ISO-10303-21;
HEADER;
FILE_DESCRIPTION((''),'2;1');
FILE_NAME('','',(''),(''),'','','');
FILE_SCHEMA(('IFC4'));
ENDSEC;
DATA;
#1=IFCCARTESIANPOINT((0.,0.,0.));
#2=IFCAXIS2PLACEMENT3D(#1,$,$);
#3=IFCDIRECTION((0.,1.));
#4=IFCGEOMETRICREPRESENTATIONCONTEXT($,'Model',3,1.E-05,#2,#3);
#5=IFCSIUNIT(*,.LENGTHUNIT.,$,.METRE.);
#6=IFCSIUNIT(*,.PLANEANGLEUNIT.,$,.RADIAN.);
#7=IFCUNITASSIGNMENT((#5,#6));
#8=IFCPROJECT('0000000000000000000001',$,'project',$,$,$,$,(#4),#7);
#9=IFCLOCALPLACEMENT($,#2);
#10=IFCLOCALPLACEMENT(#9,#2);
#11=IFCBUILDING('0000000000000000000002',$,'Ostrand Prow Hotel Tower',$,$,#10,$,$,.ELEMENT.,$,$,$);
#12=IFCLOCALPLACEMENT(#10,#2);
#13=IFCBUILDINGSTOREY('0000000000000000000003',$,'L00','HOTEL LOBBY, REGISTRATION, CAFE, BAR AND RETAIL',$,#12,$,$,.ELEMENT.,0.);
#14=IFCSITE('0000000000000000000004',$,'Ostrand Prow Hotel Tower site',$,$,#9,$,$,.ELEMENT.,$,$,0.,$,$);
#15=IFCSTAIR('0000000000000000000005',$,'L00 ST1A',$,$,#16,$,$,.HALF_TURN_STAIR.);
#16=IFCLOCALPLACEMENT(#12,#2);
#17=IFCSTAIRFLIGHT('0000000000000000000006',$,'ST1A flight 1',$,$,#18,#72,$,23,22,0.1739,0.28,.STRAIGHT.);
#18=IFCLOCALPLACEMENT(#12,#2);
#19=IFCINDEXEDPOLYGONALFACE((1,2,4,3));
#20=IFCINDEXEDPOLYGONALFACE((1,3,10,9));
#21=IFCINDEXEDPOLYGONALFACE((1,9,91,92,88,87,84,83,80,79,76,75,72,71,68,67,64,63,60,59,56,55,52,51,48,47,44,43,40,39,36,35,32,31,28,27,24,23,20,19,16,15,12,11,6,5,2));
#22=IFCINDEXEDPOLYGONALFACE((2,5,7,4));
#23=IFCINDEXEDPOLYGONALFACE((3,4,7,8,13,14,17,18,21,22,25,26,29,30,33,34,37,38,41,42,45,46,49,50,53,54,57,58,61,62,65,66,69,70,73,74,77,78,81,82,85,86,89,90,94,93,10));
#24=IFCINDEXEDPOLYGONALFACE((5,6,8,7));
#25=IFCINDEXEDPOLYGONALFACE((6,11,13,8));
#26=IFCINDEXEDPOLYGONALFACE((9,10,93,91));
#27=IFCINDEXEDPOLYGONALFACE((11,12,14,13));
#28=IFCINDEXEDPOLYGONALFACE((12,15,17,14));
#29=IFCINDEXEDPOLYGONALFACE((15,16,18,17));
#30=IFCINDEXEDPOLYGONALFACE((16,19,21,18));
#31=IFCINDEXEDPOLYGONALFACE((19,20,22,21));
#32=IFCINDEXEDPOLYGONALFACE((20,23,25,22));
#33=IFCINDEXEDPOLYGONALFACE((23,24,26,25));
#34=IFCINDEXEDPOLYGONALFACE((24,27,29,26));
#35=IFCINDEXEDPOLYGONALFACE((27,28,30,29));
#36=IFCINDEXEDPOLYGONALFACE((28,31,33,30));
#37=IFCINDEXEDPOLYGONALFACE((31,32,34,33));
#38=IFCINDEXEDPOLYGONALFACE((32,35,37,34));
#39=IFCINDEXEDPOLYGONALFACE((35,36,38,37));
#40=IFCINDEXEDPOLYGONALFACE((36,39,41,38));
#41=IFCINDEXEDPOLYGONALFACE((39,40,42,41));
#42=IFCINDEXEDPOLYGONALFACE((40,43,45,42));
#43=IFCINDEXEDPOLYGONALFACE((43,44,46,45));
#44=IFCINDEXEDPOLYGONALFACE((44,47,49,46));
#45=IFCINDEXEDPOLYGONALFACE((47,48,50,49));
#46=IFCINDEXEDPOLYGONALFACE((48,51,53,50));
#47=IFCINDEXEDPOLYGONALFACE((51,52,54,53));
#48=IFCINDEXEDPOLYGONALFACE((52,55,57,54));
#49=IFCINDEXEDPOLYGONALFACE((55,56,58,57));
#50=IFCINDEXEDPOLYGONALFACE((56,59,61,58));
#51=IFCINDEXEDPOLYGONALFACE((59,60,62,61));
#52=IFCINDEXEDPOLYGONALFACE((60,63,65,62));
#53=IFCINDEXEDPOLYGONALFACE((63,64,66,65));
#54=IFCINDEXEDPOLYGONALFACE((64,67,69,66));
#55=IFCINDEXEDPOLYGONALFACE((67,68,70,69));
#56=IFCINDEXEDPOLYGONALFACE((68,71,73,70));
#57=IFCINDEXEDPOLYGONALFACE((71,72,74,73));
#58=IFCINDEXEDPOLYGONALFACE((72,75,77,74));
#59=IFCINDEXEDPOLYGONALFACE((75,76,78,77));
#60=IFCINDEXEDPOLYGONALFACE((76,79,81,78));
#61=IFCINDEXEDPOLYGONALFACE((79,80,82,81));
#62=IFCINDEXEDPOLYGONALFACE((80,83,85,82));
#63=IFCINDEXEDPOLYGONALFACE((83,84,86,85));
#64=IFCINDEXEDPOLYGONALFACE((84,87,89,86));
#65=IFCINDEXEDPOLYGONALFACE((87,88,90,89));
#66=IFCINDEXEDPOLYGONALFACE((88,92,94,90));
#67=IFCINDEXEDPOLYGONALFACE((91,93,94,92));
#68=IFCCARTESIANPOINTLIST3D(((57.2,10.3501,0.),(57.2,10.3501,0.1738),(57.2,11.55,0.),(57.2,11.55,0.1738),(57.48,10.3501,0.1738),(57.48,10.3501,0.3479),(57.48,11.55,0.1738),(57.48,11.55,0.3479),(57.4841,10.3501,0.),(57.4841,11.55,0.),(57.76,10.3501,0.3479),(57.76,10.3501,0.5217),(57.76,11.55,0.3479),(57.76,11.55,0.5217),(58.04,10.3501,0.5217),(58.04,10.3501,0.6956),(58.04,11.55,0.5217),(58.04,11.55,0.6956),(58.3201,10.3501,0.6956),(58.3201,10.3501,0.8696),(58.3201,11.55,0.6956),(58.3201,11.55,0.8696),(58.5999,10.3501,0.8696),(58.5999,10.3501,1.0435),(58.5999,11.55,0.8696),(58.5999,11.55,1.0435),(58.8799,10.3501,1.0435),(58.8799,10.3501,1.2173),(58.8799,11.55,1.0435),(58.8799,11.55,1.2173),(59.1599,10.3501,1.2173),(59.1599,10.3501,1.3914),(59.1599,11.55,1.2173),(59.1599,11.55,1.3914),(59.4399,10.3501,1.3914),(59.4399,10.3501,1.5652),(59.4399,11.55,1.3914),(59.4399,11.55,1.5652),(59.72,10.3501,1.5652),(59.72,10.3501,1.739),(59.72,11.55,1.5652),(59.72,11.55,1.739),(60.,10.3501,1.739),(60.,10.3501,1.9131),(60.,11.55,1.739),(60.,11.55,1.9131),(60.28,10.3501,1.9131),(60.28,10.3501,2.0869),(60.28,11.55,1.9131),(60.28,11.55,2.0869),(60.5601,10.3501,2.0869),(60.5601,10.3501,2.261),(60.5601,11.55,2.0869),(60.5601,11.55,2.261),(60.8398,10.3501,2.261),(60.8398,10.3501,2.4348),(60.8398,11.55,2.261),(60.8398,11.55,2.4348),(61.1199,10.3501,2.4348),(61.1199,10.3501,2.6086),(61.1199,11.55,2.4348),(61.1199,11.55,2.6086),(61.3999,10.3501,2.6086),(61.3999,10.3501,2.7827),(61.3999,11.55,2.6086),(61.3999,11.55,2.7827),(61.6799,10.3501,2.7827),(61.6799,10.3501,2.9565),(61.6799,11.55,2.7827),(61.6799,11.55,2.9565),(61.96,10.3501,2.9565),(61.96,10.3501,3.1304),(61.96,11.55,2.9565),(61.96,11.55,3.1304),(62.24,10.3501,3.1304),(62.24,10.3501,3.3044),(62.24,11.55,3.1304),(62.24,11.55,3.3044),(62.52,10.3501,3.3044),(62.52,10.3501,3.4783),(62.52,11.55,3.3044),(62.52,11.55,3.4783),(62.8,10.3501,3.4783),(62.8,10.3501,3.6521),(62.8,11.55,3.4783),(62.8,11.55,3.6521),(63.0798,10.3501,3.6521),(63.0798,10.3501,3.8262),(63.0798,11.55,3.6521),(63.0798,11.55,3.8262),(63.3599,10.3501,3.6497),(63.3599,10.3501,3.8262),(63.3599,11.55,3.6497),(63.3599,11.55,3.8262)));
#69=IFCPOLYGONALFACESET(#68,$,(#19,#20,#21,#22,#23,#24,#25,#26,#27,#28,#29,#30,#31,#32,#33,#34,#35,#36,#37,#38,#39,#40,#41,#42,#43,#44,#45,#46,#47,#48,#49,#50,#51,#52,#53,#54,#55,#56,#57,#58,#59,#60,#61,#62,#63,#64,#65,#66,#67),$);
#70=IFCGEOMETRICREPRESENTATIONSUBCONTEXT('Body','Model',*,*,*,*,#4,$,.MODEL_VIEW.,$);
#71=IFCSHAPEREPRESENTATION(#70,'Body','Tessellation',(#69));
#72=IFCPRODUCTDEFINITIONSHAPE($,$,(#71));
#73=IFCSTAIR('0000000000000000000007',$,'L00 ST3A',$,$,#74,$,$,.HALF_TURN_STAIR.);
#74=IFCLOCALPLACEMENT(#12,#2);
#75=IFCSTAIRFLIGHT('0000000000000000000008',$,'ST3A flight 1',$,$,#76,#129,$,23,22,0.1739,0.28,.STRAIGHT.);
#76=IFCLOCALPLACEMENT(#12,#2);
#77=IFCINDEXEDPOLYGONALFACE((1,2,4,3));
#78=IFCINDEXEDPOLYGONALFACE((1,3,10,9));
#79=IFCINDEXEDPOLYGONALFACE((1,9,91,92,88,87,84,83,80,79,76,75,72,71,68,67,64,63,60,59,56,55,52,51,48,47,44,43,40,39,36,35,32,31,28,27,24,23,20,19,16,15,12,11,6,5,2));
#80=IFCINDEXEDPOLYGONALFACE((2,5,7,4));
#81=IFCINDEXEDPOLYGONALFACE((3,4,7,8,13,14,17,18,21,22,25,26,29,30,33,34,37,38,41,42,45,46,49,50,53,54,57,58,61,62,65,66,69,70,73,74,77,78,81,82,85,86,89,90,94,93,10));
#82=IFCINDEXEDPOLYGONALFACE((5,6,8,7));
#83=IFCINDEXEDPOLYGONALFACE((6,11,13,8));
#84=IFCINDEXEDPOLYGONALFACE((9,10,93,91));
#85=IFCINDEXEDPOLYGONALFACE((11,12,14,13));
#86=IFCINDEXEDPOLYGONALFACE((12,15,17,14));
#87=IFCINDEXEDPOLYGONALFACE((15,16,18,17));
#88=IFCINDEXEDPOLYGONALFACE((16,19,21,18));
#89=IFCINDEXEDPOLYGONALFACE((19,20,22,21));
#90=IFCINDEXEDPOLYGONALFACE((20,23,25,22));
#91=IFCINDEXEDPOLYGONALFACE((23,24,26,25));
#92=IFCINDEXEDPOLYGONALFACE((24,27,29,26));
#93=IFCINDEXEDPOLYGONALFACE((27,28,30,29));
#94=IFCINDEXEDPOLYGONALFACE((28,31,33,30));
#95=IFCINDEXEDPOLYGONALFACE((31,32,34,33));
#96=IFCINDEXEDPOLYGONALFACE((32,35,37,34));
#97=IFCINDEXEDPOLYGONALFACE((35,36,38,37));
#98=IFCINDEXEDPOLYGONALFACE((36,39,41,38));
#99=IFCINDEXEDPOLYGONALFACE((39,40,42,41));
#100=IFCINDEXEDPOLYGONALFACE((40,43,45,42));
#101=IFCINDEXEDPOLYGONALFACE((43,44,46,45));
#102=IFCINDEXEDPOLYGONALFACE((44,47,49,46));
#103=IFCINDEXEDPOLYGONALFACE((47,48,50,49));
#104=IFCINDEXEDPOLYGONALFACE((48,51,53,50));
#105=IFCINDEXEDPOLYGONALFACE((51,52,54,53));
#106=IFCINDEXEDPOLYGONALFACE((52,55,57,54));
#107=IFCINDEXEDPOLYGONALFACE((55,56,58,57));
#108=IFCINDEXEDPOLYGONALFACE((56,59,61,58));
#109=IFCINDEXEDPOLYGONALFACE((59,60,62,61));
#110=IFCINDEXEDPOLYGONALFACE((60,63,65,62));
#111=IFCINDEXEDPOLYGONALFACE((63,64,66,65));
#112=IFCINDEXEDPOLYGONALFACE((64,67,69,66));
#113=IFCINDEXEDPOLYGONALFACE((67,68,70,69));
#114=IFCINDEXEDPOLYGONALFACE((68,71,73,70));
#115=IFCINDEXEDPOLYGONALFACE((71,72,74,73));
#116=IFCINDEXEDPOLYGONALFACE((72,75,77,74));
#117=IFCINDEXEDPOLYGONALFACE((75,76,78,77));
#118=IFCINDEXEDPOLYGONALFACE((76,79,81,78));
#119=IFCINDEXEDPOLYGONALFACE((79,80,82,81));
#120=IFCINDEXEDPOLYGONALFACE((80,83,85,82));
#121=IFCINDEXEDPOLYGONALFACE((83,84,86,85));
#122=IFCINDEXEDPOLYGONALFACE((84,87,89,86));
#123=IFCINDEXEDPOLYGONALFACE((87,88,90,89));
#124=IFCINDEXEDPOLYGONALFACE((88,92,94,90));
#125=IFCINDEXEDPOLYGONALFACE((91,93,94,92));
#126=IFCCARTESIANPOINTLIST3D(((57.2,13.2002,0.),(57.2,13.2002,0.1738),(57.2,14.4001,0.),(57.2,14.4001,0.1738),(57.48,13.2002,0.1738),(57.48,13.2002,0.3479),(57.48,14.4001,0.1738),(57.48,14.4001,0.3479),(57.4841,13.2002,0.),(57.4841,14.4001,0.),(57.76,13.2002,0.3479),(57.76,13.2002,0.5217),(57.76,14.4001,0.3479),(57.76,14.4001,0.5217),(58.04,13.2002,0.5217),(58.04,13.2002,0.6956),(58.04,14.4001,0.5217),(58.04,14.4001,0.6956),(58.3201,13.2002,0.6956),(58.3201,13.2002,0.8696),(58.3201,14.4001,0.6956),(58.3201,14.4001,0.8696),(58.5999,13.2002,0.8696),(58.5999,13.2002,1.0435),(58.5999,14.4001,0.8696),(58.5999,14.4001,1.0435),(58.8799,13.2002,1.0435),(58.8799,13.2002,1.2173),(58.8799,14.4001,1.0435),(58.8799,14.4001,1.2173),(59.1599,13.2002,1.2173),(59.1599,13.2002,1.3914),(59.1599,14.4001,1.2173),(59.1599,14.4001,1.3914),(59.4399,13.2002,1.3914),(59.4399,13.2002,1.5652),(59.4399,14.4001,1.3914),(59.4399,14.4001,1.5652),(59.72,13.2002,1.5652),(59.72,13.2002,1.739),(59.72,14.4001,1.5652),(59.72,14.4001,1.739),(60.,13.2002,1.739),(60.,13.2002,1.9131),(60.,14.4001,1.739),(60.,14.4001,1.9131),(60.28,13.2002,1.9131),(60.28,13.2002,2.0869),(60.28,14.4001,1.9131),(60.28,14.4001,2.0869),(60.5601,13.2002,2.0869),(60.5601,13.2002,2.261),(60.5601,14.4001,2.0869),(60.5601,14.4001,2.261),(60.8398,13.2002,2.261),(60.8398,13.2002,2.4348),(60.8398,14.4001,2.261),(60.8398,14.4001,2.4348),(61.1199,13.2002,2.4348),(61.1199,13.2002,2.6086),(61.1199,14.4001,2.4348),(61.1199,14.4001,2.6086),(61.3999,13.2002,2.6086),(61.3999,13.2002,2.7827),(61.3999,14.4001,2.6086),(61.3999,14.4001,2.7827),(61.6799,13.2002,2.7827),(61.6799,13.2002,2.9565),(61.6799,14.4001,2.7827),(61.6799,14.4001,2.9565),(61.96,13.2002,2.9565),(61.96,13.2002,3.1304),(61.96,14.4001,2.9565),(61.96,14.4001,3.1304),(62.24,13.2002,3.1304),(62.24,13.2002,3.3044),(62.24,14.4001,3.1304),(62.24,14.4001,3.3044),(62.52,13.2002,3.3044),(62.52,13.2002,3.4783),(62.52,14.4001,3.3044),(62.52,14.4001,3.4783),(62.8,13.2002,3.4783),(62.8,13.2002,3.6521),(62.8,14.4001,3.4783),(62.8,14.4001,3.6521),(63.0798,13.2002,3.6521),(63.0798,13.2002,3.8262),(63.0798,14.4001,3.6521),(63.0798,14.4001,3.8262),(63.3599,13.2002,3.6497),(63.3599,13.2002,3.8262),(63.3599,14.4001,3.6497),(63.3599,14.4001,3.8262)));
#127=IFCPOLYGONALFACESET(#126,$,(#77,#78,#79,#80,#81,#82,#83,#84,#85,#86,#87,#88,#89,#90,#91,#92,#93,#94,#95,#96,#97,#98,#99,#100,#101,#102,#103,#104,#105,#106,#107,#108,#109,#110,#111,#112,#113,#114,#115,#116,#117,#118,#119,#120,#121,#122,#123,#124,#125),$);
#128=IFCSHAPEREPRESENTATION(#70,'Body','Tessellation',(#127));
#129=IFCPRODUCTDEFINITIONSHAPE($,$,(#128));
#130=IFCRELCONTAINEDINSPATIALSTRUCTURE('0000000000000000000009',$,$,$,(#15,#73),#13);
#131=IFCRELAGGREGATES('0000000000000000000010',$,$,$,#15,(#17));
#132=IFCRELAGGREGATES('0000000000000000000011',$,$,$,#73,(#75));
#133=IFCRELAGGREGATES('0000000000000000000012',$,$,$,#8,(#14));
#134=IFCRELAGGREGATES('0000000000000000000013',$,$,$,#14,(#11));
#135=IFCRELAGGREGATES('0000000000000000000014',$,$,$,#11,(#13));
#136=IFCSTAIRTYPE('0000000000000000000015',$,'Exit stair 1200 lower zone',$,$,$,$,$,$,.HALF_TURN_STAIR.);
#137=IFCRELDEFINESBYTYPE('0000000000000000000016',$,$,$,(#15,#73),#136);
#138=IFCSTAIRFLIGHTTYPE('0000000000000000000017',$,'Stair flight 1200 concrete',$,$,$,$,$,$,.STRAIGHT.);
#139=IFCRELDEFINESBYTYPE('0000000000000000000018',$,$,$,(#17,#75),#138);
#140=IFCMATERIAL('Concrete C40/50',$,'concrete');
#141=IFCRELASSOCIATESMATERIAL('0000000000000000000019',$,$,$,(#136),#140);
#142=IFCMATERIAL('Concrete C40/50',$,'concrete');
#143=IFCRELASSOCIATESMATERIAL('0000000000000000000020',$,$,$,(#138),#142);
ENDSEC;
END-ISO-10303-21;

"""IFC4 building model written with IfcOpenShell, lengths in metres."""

from ifc_helpers import new_model, si_unit, direction, frame, origin, place, context, subcontext, project, spatial, polyline, outline, extrude, material, type_object, element, aggregate, save


model = new_model("IFC4")

# Units and contexts
model_context = context("Model", 3, precision=1e-05, world=origin(), true_north=direction((0.0, 1.0)))
body_context = subcontext(model_context, "Body", "Model", "MODEL_VIEW")
ifc_project = project(units=[si_unit("LENGTHUNIT", "METRE"), si_unit("PLANEANGLEUNIT", "RADIAN")], contexts=[model_context])

# Site, building, storey
site_placement = place(None, origin())
site = spatial("IfcSite", under=ifc_project, at=site_placement, Name="Ostrand Prow Hotel Tower site", CompositionType="ELEMENT", RefElevation=0.0)
building_placement = place(site_placement, origin())
building = spatial("IfcBuilding", under=site, at=building_placement, Name="Ostrand Prow Hotel Tower", CompositionType="ELEMENT")
storey_placement = place(building_placement, origin())
storey = spatial("IfcBuildingStorey", under=building, at=storey_placement, Name="L00", Description="HOTEL LOBBY, REGISTRATION, CAFE, BAR AND RETAIL", CompositionType="ELEMENT", Elevation=0.0)

# Stairs, stair flights
ifc_material_1 = material(Name="Concrete C40/50", Category="concrete")
stair_type = type_object("IfcStairType", Name="Exit stair 1200 lower zone", PredefinedType="HALF_TURN_STAIR", material=ifc_material_1)
stair_1_placement = place(storey_placement, origin())
stair_1 = element("IfcStair", 1, at=stair_1_placement, inside=storey, type_object=stair_type, Name="L00 ST1A", PredefinedType="HALF_TURN_STAIR")
ifc_material_2 = material(Name="Concrete C40/50", Category="concrete")
stair_flight_type = type_object("IfcStairFlightType", Name="Stair flight 1200 concrete", PredefinedType="STRAIGHT", material=ifc_material_2)
stair_flight_1_placement = place(storey_placement, frame((57.2, 10.95, 0.0), z_axis=(0.0, 0.0, 1.0), x_axis=(1.0, 0.0, 0.0)))
stair_flight_1 = element("IfcStairFlight", 2, at=stair_flight_1_placement, type_object=stair_flight_type, Name="ST1A flight 1", NumberOfRisers=23, NumberOfTreads=22, PredefinedType="STRAIGHT", RiserHeight=0.1739, TreadLength=0.28, context=body_context, shape_type="SweptSolid", body=[
    extrude(outline(polyline([(0.0, 0.0), (0.0, 0.1738), (0.28, 0.1738), (0.28, 0.3479), (0.5601, 0.3479), (0.5601, 0.5217), (0.8401, 0.5217), (0.8401, 0.6956), (1.1201, 0.6956), (1.1201, 0.8696), (1.3999, 0.8696), (1.3999, 1.0435), (1.6799, 1.0435), (1.6799, 1.2173), (1.96, 1.2173), (1.96, 1.3914), (2.24, 1.3914), (2.24, 1.5652), (2.52, 1.5652), (2.52, 1.739), (2.8, 1.739), (2.8, 1.9131), (3.0801, 1.9131), (3.0801, 2.0869), (3.3601, 2.0869), (3.3601, 2.261), (3.6399, 2.261), (3.6399, 2.4348), (3.9199, 2.4348), (3.9199, 2.6086), (4.2, 2.6086), (4.2, 2.7827), (4.48, 2.7827), (4.48, 2.9565), (4.76, 2.9565), (4.76, 3.1304), (5.04, 3.1304), (5.04, 3.3044), (5.3201, 3.3044), (5.3201, 3.4783), (5.6001, 3.4783), (5.6001, 3.6521), (5.8799, 3.6521), (5.8799, 3.8262), (6.1599, 3.8262), (6.1599, 4.0), (6.1599, 3.6497), (0.2842, 0.0), (0.0, 0.0)])), frame((0.0, 0.6001, 0.0), z_axis=(0.0, -1.0, 0.0), x_axis=(1.0, 0.0, 0.0)), (0.0, 0.0, 1.0), 1.2),
])
aggregate(stair_1, [stair_flight_1])
stair_2_placement = place(storey_placement, origin())
stair_2 = element("IfcStair", 3, at=stair_2_placement, inside=storey, type_object=stair_type, Name="L00 ST3A", PredefinedType="HALF_TURN_STAIR")
stair_flight_2_placement = place(storey_placement, frame((57.2, 13.8, 0.0), z_axis=(0.0, 0.0, 1.0), x_axis=(1.0, 0.0, 0.0)))
stair_flight_2 = element("IfcStairFlight", 4, at=stair_flight_2_placement, type_object=stair_flight_type, Name="ST3A flight 1", NumberOfRisers=23, NumberOfTreads=22, PredefinedType="STRAIGHT", RiserHeight=0.1739, TreadLength=0.28, context=body_context, shape_type="SweptSolid", body=[
    extrude(outline(polyline([(0.0, 0.0), (0.0, 0.1738), (0.28, 0.1738), (0.28, 0.3479), (0.5601, 0.3479), (0.5601, 0.5217), (0.8401, 0.5217), (0.8401, 0.6956), (1.1201, 0.6956), (1.1201, 0.8696), (1.3999, 0.8696), (1.3999, 1.0435), (1.6799, 1.0435), (1.6799, 1.2173), (1.96, 1.2173), (1.96, 1.3914), (2.24, 1.3914), (2.24, 1.5652), (2.52, 1.5652), (2.52, 1.739), (2.8, 1.739), (2.8, 1.9131), (3.0801, 1.9131), (3.0801, 2.0869), (3.3601, 2.0869), (3.3601, 2.261), (3.6399, 2.261), (3.6399, 2.4348), (3.9199, 2.4348), (3.9199, 2.6086), (4.2, 2.6086), (4.2, 2.7827), (4.48, 2.7827), (4.48, 2.9565), (4.76, 2.9565), (4.76, 3.1304), (5.04, 3.1304), (5.04, 3.3044), (5.3201, 3.3044), (5.3201, 3.4783), (5.6001, 3.4783), (5.6001, 3.6521), (5.8799, 3.6521), (5.8799, 3.8262), (6.1599, 3.8262), (6.1599, 4.0), (6.1599, 3.6497), (0.2842, 0.0), (0.0, 0.0)])), frame((0.0, 0.6001, 0.0), z_axis=(0.0, -1.0, 0.0), x_axis=(1.0, 0.0, 0.0)), (0.0, 0.0, 1.0), 1.2),
])
aggregate(stair_2, [stair_flight_2])

save(model, "model.ifc")
